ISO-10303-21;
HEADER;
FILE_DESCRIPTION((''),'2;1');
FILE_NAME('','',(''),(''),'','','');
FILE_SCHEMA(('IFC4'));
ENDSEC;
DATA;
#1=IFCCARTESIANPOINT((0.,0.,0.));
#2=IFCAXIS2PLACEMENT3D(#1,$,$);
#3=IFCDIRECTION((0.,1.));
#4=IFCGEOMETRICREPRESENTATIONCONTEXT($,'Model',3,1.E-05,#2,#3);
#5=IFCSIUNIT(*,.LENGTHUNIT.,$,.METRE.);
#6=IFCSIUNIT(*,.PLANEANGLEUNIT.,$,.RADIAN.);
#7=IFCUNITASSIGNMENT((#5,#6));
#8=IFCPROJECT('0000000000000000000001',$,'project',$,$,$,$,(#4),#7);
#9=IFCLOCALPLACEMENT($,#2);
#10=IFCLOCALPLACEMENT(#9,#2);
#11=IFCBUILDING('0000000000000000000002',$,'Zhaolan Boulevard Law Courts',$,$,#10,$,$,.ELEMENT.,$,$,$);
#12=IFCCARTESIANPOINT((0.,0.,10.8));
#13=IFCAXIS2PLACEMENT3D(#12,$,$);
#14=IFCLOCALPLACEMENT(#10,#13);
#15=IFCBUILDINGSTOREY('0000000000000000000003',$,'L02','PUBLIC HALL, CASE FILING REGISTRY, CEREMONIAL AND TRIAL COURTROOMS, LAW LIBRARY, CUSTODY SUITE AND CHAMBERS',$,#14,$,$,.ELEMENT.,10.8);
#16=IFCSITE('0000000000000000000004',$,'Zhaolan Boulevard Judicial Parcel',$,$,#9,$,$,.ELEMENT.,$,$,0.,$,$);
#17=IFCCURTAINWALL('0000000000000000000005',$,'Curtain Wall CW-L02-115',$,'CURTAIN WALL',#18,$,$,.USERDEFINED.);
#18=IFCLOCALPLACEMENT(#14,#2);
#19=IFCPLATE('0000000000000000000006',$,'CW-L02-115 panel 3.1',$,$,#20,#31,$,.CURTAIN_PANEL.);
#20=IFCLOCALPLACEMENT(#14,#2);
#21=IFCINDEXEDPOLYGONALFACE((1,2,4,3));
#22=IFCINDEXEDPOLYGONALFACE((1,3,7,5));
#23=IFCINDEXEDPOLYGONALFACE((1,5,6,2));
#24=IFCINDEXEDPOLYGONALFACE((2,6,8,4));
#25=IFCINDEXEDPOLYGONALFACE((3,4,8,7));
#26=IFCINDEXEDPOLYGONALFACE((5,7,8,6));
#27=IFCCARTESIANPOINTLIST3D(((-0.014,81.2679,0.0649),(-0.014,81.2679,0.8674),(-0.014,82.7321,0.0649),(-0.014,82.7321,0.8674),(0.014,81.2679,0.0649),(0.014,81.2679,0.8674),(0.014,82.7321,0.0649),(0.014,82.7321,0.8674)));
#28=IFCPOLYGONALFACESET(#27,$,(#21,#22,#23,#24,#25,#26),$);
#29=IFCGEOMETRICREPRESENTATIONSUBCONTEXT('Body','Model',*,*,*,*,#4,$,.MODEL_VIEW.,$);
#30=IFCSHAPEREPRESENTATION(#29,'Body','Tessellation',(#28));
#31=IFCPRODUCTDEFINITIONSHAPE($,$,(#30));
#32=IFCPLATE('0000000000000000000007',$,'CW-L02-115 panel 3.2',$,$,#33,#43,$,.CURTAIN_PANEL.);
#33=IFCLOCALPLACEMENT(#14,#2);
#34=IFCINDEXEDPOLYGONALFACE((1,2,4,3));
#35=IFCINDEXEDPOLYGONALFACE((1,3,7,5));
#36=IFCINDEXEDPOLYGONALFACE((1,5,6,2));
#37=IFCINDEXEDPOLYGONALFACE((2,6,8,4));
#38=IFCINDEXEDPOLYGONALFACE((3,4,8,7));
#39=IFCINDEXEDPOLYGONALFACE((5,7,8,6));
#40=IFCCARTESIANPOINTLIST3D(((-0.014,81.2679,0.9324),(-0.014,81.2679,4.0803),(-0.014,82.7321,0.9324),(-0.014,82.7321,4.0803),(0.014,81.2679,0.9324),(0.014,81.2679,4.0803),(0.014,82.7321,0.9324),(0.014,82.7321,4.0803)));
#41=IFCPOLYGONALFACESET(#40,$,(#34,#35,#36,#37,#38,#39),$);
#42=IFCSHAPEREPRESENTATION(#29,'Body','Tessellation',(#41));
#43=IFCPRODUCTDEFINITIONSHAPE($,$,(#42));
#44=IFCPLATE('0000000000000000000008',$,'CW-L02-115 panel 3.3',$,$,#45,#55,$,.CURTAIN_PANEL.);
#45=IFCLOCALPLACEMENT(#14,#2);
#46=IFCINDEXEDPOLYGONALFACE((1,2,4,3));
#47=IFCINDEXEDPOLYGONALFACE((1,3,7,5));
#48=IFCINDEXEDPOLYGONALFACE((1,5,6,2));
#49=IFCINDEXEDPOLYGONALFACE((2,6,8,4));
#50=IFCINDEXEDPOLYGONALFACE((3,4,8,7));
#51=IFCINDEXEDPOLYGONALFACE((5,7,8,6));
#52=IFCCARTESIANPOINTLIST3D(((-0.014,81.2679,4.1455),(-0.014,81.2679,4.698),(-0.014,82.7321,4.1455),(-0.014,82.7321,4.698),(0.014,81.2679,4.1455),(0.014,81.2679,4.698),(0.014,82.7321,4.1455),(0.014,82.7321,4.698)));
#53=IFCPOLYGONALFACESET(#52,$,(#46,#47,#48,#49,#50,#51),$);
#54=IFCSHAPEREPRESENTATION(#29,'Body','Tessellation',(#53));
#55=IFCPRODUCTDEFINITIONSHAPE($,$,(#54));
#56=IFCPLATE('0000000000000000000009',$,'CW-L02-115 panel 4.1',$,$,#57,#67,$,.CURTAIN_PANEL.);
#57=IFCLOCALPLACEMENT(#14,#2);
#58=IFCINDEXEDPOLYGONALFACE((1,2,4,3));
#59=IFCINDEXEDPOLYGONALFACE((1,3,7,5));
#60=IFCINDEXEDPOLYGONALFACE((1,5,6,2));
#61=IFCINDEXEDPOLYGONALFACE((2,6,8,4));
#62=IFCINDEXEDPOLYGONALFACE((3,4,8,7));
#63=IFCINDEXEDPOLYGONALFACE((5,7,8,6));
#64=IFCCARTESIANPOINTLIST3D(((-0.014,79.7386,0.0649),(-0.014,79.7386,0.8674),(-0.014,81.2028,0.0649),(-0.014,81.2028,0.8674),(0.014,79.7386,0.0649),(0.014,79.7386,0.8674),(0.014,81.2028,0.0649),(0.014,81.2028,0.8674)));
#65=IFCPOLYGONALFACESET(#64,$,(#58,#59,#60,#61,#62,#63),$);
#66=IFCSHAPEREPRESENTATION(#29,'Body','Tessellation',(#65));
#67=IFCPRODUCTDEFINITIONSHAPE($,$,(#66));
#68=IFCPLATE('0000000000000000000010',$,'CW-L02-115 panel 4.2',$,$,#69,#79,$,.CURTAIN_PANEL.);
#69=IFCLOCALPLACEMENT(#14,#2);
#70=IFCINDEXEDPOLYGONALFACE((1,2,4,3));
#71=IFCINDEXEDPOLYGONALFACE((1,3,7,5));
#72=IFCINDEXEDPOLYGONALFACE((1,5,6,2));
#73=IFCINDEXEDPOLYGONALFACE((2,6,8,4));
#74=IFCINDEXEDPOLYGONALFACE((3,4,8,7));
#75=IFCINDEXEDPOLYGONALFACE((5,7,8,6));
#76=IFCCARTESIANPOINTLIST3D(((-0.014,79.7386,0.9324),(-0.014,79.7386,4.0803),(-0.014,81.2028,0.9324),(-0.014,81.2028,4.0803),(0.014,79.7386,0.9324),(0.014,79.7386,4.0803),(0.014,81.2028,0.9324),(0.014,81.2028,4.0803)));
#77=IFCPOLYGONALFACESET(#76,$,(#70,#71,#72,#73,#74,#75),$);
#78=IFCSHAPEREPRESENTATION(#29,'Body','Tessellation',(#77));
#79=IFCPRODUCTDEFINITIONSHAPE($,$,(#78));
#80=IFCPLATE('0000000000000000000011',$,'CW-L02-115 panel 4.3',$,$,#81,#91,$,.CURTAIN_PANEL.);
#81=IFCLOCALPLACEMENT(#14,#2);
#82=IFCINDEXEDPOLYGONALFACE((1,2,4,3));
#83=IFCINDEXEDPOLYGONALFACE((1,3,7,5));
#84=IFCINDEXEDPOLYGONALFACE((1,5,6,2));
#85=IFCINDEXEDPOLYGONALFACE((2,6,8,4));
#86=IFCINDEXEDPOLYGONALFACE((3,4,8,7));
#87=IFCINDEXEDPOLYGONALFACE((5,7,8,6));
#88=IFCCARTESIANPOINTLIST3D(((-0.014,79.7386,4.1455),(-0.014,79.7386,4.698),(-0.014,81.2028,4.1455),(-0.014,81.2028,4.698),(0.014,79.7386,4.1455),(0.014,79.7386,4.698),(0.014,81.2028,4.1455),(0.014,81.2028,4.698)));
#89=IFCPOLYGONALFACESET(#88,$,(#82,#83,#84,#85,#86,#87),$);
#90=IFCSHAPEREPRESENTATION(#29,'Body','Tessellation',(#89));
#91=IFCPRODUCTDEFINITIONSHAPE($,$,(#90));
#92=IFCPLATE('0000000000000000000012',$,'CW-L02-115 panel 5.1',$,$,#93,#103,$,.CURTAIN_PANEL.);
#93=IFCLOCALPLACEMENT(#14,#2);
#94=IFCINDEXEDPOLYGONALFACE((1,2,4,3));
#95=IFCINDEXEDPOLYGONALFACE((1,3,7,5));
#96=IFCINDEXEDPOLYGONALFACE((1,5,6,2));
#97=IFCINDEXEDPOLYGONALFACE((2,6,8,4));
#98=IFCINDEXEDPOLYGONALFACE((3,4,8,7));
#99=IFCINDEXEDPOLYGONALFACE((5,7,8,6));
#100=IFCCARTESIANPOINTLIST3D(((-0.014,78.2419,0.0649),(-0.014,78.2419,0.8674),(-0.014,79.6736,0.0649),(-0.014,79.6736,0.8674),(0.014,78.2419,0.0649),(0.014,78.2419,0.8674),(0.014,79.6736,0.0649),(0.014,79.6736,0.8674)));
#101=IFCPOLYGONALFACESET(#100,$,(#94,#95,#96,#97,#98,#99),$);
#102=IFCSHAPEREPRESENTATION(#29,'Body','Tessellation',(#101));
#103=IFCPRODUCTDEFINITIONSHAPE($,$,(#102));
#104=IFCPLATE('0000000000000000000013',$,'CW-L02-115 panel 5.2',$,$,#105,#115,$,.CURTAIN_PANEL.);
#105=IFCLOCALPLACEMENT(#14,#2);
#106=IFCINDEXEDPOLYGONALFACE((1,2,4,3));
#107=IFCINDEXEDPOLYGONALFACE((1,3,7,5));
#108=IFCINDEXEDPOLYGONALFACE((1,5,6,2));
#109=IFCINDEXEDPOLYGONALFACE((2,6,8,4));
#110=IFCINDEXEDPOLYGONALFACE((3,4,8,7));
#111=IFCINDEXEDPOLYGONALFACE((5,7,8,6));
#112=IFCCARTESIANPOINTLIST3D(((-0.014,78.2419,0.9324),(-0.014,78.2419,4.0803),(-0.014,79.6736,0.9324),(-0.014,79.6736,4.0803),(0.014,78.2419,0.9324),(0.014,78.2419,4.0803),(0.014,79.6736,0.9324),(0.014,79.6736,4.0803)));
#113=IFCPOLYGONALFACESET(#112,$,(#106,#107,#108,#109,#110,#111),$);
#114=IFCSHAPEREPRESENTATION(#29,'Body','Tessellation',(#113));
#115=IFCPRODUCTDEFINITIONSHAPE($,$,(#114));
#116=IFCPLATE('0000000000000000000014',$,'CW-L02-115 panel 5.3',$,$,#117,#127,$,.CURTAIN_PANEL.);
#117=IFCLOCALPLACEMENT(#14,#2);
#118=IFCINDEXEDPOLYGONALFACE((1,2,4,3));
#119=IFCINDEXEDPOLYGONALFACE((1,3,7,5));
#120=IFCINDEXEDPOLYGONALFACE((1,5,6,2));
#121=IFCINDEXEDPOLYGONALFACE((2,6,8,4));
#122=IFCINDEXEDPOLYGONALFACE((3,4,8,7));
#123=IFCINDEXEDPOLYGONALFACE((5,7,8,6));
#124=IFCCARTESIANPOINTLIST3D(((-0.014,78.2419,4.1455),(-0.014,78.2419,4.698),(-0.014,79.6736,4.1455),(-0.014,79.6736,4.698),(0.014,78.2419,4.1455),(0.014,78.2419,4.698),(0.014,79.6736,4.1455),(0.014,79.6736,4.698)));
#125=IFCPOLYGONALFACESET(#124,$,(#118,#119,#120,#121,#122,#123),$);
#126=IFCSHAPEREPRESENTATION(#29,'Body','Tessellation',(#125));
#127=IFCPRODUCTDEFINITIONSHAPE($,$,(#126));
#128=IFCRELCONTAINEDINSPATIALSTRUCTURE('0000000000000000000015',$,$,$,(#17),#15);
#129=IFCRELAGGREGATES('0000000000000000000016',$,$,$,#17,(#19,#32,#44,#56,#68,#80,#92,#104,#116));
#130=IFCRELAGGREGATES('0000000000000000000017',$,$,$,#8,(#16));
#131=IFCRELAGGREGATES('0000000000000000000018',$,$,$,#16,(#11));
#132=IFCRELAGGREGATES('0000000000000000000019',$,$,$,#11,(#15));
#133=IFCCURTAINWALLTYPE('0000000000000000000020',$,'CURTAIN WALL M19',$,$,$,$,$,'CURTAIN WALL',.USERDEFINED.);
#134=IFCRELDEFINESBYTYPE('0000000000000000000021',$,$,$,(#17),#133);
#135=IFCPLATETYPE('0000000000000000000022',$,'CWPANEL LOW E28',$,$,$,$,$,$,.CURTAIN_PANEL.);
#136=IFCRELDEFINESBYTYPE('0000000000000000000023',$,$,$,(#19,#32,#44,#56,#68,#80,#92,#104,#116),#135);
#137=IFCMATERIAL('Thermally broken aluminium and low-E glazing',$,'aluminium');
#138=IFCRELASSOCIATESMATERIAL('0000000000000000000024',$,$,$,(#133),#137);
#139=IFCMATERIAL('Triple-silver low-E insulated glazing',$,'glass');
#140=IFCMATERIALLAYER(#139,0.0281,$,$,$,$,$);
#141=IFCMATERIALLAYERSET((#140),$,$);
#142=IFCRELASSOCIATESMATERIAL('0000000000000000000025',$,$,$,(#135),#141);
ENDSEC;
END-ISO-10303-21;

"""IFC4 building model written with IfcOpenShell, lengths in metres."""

from ifc_helpers import new_model, si_unit, direction, frame, origin, origin_2d, place, context, subcontext, project, spatial, rectangle, extrude, material, layer, layer_set, type_object, element, aggregate, save


model = new_model("IFC4")

# Units and contexts
model_context = context("Model", 3, precision=1e-05, world=origin(), true_north=direction((0.0, 1.0)))
body_context = subcontext(model_context, "Body", "Model", "MODEL_VIEW")
ifc_project = project(units=[si_unit("LENGTHUNIT", "METRE"), si_unit("PLANEANGLEUNIT", "RADIAN")], contexts=[model_context])

# Site, building, storey
site_placement = place(None, origin())
site = spatial("IfcSite", under=ifc_project, at=site_placement, Name="Zhaolan Boulevard Judicial Parcel", CompositionType="ELEMENT", RefElevation=0.0)
building_placement = place(site_placement, origin())
building = spatial("IfcBuilding", under=site, at=building_placement, Name="Zhaolan Boulevard Law Courts", CompositionType="ELEMENT")
storey_placement = place(building_placement, frame((0.0, 0.0, 10.8)))
storey = spatial("IfcBuildingStorey", under=building, at=storey_placement, Name="L02", Description="PUBLIC HALL, CASE FILING REGISTRY, CEREMONIAL AND TRIAL COURTROOMS, LAW LIBRARY, CUSTODY SUITE AND CHAMBERS", CompositionType="ELEMENT", Elevation=10.8)

# Curtain wall, plates
ifc_material_1 = material(Name="Thermally broken aluminium and low-E glazing", Category="aluminium")
curtain_wall_type = type_object("IfcCurtainWallType", Name="CURTAIN WALL M19", ElementType="CURTAIN WALL", PredefinedType="USERDEFINED", material=ifc_material_1)
curtain_wall_placement = place(storey_placement, origin())
curtain_wall = element("IfcCurtainWall", 1, at=curtain_wall_placement, inside=storey, type_object=curtain_wall_type, Name="Curtain Wall CW-L02-115", ObjectType="CURTAIN WALL", PredefinedType="USERDEFINED")
ifc_material_2 = material(Name="Triple-silver low-E insulated glazing", Category="glass")
ifc_layer = layer(ifc_material_2, 0.0281)
ifc_layer_set = layer_set([ifc_layer])
plate_type = type_object("IfcPlateType", Name="CWPANEL LOW E28", PredefinedType="CURTAIN_PANEL", material=ifc_layer_set)
plate_1_placement = place(storey_placement, frame((0.0, 82.0, 0.0649), z_axis=(0.0, 0.0, 1.0), x_axis=(0.0, -1.0, 0.0)))
plate_1 = element("IfcPlate", 2, at=plate_1_placement, type_object=plate_type, Name="CW-L02-115 panel 3.1", PredefinedType="CURTAIN_PANEL", context=body_context, shape_type="SweptSolid", body=[
    extrude(rectangle(XDim=1.4641, YDim=0.0281, at=origin_2d()), origin(), (0.0, 0.0, 1.0), 0.8025),
])
plate_2_placement = place(storey_placement, frame((0.0, 82.0, 0.9324), z_axis=(0.0, 0.0, 1.0), x_axis=(0.0, -1.0, 0.0)))
plate_2 = element("IfcPlate", 3, at=plate_2_placement, type_object=plate_type, Name="CW-L02-115 panel 3.2", PredefinedType="CURTAIN_PANEL", context=body_context, shape_type="SweptSolid", body=[
    extrude(rectangle(XDim=1.4641, YDim=0.0281, at=origin_2d()), origin(), (0.0, 0.0, 1.0), 3.1479),
])
plate_3_placement = place(storey_placement, frame((0.0, 82.0, 4.1455), z_axis=(0.0, 0.0, 1.0), x_axis=(0.0, -1.0, 0.0)))
plate_3 = element("IfcPlate", 4, at=plate_3_placement, type_object=plate_type, Name="CW-L02-115 panel 3.3", PredefinedType="CURTAIN_PANEL", context=body_context, shape_type="SweptSolid", body=[
    extrude(rectangle(XDim=1.4641, YDim=0.0281, at=origin_2d()), origin(), (0.0, 0.0, 1.0), 0.5525),
])
plate_4_placement = place(storey_placement, frame((0.0, 80.4707, 0.0649), z_axis=(0.0, 0.0, 1.0), x_axis=(0.0, -1.0, 0.0)))
plate_4 = element("IfcPlate", 5, at=plate_4_placement, type_object=plate_type, Name="CW-L02-115 panel 4.1", PredefinedType="CURTAIN_PANEL", context=body_context, shape_type="SweptSolid", body=[
    extrude(rectangle(XDim=1.4641, YDim=0.0281, at=origin_2d()), origin(), (0.0, 0.0, 1.0), 0.8025),
])
plate_5_placement = place(storey_placement, frame((0.0, 80.4707, 0.9324), z_axis=(0.0, 0.0, 1.0), x_axis=(0.0, -1.0, 0.0)))
plate_5 = element("IfcPlate", 6, at=plate_5_placement, type_object=plate_type, Name="CW-L02-115 panel 4.2", PredefinedType="CURTAIN_PANEL", context=body_context, shape_type="SweptSolid", body=[
    extrude(rectangle(XDim=1.4641, YDim=0.0281, at=origin_2d()), origin(), (0.0, 0.0, 1.0), 3.1479),
])
plate_6_placement = place(storey_placement, frame((0.0, 80.4707, 4.1455), z_axis=(0.0, 0.0, 1.0), x_axis=(0.0, -1.0, 0.0)))
plate_6 = element("IfcPlate", 7, at=plate_6_placement, type_object=plate_type, Name="CW-L02-115 panel 4.3", PredefinedType="CURTAIN_PANEL", context=body_context, shape_type="SweptSolid", body=[
    extrude(rectangle(XDim=1.4641, YDim=0.0281, at=origin_2d()), origin(), (0.0, 0.0, 1.0), 0.5525),
])
plate_7_placement = place(storey_placement, frame((0.0, 78.9578, 0.0649), z_axis=(0.0, 0.0, 1.0), x_axis=(0.0, -1.0, 0.0)))
plate_7 = element("IfcPlate", 8, at=plate_7_placement, type_object=plate_type, Name="CW-L02-115 panel 5.1", PredefinedType="CURTAIN_PANEL", context=body_context, shape_type="SweptSolid", body=[
    extrude(rectangle(XDim=1.4316, YDim=0.0281, at=origin_2d()), origin(), (0.0, 0.0, 1.0), 0.8025),
])
plate_8_placement = place(storey_placement, frame((0.0, 78.9578, 0.9324), z_axis=(0.0, 0.0, 1.0), x_axis=(0.0, -1.0, 0.0)))
plate_8 = element("IfcPlate", 9, at=plate_8_placement, type_object=plate_type, Name="CW-L02-115 panel 5.2", PredefinedType="CURTAIN_PANEL", context=body_context, shape_type="SweptSolid", body=[
    extrude(rectangle(XDim=1.4316, YDim=0.0281, at=origin_2d()), origin(), (0.0, 0.0, 1.0), 3.1479),
])
plate_9_placement = place(storey_placement, frame((0.0, 78.9578, 4.1455), z_axis=(0.0, 0.0, 1.0), x_axis=(0.0, -1.0, 0.0)))
plate_9 = element("IfcPlate", 10, at=plate_9_placement, type_object=plate_type, Name="CW-L02-115 panel 5.3", PredefinedType="CURTAIN_PANEL", context=body_context, shape_type="SweptSolid", body=[
    extrude(rectangle(XDim=1.4316, YDim=0.0281, at=origin_2d()), origin(), (0.0, 0.0, 1.0), 0.5525),
])
aggregate(curtain_wall, [plate_1, plate_2, plate_3, plate_4, plate_5, plate_6, plate_7, plate_8, plate_9])

save(model, "model.ifc")
